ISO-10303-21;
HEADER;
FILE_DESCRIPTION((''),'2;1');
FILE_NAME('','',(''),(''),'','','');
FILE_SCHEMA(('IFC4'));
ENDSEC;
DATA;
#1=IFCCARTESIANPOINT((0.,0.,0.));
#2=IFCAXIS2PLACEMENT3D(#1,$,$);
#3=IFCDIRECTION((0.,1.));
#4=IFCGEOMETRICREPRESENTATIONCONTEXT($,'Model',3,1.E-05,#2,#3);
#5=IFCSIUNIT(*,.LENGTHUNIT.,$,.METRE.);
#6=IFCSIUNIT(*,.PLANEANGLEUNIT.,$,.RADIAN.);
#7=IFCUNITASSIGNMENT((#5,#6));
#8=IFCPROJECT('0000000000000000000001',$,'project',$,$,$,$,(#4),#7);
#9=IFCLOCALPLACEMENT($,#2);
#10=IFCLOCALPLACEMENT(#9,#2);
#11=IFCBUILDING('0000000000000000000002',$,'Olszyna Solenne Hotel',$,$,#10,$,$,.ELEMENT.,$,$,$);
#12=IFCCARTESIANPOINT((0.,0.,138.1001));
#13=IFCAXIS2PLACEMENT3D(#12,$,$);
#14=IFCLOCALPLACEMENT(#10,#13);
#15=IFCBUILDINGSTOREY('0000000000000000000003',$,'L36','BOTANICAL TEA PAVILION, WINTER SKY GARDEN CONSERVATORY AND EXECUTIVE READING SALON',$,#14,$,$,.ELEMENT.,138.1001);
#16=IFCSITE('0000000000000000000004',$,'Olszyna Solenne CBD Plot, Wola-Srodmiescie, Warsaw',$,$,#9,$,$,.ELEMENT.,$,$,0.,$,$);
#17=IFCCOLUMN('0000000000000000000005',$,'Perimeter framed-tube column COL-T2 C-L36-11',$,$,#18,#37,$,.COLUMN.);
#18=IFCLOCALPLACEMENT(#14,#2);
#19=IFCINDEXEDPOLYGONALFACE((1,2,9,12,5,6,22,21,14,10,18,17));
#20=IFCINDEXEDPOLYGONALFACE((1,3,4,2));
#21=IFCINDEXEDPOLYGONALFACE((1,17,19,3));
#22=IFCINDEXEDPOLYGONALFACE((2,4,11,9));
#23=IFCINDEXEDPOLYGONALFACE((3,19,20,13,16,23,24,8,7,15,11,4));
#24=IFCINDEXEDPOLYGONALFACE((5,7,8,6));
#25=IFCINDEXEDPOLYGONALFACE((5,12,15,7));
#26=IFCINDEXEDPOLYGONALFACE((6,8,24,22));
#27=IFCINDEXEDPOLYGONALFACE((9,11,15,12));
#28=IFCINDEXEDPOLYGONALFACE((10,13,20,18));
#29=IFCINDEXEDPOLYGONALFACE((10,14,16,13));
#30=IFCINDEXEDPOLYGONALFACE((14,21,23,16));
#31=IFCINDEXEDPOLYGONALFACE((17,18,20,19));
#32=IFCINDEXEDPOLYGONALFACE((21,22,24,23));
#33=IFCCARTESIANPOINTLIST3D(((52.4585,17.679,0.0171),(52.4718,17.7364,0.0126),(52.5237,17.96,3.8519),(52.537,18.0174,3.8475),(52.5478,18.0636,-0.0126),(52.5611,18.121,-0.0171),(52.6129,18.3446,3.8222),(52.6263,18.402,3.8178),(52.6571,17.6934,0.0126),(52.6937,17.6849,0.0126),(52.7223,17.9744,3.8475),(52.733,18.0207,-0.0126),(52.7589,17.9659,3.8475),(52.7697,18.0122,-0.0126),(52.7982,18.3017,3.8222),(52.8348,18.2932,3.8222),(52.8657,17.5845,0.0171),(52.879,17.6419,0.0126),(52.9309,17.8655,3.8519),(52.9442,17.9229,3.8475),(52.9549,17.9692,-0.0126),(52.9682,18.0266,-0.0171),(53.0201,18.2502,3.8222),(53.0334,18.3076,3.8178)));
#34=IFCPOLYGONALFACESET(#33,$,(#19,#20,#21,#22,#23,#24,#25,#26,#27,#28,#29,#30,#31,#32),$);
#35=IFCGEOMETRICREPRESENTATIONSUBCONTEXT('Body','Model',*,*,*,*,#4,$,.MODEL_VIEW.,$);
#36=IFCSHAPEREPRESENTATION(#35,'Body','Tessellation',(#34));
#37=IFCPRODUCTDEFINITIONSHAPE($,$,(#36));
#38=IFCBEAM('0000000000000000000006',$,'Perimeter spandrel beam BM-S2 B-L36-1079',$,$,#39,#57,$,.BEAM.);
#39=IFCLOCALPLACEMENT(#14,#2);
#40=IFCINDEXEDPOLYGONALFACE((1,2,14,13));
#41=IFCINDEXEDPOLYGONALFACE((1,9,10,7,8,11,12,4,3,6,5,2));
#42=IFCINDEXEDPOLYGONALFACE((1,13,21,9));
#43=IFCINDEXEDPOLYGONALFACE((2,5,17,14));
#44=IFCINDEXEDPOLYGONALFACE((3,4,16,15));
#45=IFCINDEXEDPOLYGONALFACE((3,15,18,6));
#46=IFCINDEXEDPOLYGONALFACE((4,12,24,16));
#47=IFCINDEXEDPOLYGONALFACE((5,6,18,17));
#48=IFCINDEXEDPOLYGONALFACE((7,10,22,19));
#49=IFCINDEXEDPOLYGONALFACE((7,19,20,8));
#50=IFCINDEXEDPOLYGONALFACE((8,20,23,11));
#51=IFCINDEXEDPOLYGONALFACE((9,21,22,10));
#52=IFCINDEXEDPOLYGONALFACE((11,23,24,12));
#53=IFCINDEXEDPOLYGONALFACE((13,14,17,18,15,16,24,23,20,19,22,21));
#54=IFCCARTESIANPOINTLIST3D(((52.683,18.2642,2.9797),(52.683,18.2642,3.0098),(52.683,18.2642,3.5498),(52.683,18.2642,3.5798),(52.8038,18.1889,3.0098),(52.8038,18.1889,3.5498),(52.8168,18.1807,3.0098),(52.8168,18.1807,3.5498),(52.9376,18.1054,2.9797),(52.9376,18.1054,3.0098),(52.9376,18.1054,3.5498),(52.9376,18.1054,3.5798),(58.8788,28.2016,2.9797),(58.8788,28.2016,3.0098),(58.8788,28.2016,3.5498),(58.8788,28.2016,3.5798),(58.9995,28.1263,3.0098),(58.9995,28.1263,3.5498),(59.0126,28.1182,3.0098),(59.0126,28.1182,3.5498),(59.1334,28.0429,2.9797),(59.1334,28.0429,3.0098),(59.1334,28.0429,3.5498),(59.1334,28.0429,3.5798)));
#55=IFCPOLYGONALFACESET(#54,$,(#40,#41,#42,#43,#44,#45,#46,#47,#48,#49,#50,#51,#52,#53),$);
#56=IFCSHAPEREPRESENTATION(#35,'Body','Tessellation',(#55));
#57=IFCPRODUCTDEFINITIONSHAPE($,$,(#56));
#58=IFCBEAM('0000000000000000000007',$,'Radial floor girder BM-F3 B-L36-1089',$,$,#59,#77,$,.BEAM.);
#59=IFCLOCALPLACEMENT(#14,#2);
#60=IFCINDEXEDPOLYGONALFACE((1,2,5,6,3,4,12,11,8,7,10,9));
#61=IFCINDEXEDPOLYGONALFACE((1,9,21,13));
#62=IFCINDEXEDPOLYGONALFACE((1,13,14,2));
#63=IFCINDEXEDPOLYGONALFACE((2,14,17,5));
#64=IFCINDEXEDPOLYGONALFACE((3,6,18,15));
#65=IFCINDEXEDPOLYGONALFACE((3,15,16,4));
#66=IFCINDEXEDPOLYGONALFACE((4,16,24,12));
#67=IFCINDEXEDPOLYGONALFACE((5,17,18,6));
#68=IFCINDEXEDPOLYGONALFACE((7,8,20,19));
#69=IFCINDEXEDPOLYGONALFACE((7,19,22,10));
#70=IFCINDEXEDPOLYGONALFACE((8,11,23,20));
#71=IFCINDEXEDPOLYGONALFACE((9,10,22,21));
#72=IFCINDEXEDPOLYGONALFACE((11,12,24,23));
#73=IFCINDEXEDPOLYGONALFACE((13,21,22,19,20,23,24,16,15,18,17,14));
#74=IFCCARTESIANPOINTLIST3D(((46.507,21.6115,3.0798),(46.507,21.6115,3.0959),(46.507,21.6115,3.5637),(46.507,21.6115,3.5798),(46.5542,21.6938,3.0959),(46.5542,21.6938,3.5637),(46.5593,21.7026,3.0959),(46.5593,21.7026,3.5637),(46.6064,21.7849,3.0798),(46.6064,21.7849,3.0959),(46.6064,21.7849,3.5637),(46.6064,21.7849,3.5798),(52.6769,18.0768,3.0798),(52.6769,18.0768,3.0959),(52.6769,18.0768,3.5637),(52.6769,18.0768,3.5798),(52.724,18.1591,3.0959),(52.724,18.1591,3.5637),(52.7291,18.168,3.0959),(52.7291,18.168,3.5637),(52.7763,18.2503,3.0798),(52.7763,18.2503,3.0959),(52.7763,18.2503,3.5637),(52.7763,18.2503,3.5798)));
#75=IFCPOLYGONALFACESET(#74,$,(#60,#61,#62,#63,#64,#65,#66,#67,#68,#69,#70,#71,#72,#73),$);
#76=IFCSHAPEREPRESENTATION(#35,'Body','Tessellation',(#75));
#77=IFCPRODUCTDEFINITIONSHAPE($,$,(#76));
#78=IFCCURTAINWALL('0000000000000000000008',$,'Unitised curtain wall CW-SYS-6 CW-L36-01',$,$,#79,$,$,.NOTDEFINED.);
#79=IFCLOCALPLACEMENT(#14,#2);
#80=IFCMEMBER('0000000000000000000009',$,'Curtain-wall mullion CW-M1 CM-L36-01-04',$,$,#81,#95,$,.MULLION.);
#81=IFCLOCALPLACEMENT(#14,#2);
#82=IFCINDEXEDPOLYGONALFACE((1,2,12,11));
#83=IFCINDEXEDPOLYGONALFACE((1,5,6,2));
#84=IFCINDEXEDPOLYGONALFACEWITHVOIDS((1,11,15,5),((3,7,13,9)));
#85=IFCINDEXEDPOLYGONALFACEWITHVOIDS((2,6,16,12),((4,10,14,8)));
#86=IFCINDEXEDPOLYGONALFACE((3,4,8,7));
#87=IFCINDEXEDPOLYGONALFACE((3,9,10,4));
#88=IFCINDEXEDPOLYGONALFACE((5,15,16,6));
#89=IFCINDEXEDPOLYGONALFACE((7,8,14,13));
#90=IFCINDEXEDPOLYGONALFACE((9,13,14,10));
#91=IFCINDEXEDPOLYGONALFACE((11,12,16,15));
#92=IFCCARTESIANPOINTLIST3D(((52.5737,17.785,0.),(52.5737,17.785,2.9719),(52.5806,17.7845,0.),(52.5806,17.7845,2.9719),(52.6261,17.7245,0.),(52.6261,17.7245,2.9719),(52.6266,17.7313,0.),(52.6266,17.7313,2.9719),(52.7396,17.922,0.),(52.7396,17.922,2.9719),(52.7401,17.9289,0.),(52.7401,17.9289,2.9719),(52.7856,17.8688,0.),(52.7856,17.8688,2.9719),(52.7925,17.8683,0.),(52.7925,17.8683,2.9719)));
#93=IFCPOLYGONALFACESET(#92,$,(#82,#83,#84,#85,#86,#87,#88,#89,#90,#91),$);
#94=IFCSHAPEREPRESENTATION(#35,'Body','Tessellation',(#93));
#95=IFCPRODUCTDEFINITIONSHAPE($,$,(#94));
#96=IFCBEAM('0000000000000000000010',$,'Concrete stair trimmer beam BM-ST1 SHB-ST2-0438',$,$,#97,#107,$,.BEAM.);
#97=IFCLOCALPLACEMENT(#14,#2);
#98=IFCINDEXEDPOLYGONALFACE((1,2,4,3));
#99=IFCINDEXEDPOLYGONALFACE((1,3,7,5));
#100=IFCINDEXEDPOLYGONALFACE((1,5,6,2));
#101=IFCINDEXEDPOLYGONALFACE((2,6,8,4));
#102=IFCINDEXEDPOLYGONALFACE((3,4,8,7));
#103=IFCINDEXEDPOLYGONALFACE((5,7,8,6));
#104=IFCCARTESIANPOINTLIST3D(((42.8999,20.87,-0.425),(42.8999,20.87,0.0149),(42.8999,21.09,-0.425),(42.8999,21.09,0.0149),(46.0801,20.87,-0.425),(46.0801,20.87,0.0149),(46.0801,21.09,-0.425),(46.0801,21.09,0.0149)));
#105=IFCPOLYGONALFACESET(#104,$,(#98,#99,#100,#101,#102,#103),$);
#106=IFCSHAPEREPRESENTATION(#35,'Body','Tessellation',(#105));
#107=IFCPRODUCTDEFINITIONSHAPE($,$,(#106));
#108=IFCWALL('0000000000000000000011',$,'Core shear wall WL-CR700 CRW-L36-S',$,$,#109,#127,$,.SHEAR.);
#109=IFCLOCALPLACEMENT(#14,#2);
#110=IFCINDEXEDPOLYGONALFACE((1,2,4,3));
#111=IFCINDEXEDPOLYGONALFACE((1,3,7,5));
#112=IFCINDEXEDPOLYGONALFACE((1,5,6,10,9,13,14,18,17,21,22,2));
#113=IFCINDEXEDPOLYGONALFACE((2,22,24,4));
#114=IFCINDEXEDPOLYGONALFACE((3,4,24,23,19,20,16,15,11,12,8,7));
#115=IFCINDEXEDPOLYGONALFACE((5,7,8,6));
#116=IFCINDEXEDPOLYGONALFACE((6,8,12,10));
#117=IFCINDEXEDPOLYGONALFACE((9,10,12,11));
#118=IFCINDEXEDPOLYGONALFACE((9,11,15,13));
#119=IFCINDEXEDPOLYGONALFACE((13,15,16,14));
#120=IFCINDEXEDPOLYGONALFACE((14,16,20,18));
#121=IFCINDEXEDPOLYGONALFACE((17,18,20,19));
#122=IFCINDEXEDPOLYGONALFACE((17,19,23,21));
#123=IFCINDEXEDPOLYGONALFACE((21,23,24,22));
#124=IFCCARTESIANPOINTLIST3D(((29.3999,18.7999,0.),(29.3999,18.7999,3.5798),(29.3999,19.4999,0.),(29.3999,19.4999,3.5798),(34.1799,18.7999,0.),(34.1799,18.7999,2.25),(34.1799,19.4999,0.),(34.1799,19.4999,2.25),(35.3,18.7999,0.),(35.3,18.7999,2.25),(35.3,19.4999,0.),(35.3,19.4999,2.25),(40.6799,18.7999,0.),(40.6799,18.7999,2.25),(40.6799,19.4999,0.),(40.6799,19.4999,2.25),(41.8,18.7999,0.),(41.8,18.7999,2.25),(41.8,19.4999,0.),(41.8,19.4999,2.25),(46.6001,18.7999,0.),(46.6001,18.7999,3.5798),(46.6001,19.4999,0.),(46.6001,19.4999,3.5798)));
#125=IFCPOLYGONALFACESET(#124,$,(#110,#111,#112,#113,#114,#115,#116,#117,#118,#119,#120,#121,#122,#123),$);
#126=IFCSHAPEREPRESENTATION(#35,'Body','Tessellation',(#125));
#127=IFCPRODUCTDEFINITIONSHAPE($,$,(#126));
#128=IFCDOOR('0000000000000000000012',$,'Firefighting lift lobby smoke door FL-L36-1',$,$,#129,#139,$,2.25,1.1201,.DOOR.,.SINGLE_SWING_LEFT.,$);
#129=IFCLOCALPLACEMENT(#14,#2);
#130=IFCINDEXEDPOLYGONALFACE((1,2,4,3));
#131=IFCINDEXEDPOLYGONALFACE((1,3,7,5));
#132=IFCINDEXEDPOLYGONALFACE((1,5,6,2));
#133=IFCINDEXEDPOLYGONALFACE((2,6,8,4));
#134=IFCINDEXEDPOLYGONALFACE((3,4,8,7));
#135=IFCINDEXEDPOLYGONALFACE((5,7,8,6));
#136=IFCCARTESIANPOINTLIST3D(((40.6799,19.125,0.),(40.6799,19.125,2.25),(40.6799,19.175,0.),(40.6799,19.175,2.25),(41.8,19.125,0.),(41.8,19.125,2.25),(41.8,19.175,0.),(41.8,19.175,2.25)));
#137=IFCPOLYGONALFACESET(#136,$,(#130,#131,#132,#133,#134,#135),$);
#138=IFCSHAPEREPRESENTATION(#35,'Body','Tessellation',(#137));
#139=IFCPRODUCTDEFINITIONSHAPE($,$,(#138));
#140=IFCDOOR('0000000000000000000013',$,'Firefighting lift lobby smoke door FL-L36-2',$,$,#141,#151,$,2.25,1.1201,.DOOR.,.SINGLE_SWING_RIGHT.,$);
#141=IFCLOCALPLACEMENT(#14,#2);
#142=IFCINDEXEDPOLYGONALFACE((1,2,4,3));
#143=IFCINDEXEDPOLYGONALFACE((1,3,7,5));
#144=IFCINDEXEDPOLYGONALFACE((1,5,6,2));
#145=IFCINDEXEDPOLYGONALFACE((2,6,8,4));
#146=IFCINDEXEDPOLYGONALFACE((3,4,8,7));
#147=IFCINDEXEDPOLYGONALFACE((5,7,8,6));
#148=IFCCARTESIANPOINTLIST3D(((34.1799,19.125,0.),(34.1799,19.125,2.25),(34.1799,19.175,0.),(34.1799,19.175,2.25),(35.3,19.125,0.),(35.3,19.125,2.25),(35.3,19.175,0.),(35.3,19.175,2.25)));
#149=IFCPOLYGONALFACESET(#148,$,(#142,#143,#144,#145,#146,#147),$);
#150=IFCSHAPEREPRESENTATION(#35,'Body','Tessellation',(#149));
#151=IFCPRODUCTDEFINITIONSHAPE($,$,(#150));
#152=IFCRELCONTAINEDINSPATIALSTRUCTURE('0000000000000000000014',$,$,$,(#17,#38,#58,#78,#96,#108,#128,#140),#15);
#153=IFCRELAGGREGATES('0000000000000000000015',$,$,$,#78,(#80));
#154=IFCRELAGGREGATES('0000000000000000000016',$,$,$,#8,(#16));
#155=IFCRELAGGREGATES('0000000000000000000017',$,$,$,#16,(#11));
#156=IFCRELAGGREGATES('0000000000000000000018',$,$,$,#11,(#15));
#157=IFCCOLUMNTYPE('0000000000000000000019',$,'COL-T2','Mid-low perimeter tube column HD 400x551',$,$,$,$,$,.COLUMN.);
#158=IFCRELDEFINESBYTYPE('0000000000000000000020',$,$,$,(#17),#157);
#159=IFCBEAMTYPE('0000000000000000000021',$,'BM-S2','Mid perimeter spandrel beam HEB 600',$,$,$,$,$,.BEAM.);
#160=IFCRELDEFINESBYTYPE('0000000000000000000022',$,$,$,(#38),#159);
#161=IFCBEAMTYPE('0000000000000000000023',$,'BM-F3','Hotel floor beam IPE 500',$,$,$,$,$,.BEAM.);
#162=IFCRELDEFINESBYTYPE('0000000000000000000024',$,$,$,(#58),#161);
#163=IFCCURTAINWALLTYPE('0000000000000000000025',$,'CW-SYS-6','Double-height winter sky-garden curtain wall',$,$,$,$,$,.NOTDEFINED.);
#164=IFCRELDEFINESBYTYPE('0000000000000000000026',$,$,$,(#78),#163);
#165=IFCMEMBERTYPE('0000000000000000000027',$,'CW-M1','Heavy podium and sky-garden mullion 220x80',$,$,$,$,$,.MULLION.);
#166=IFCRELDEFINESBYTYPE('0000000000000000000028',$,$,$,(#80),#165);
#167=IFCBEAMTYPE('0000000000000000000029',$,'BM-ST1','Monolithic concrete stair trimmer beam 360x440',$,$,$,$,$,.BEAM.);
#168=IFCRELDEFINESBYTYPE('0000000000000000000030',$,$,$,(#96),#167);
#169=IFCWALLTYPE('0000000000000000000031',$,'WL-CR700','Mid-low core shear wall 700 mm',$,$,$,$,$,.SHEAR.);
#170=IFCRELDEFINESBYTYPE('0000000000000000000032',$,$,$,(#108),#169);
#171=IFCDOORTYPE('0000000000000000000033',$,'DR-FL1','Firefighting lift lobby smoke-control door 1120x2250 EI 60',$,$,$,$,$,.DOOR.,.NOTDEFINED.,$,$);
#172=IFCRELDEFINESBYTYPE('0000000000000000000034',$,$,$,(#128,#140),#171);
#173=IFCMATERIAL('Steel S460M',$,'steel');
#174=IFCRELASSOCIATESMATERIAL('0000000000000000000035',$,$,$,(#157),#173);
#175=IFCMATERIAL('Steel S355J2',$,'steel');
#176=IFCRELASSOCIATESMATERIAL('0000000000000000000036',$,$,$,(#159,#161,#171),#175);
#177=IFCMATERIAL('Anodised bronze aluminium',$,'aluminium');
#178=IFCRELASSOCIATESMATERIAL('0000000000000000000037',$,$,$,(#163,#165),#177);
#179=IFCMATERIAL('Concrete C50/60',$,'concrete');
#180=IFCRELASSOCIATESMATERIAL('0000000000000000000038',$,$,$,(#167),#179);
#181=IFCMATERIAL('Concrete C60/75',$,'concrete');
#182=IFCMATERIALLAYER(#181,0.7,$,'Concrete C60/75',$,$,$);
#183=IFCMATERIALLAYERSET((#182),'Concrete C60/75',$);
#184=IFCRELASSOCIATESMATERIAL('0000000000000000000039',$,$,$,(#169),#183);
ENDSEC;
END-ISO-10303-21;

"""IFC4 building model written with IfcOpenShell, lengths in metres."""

from ifc_helpers import new_model, si_unit, direction, frame, frame_2d, origin, origin_2d, place, context, subcontext, project, spatial, rectangle, hollow_rectangle, i_section, extrude, source, transform, mapped, material, layer, layer_set, material_profile, profile_set, type_object, type_shapes, element, fill, aggregate, save


model = new_model("IFC4")

# Units and contexts
model_context = context("Model", 3, precision=1e-05, world=origin(), true_north=direction((0.0, 1.0)))
body_context = subcontext(model_context, "Body", "Model", "MODEL_VIEW")
ifc_project = project(units=[si_unit("LENGTHUNIT", "METRE"), si_unit("PLANEANGLEUNIT", "RADIAN")], contexts=[model_context])

# Site, building, storey
site_placement = place(None, origin())
site = spatial("IfcSite", under=ifc_project, at=site_placement, Name="Olszyna Solenne CBD Plot, Wola-Srodmiescie, Warsaw", CompositionType="ELEMENT", RefElevation=0.0)
building_placement = place(site_placement, origin())
building = spatial("IfcBuilding", under=site, at=building_placement, Name="Olszyna Solenne Hotel", CompositionType="ELEMENT")
storey_placement = place(building_placement, frame((0.0, 0.0, 138.1001)))
storey = spatial("IfcBuildingStorey", under=building, at=storey_placement, Name="L36", Description="BOTANICAL TEA PAVILION, WINTER SKY GARDEN CONSERVATORY AND EXECUTIVE READING SALON", CompositionType="ELEMENT", Elevation=138.1001)

# Column
ifc_material_1 = material(Name="Steel S460M", Category="steel")
ifc_material_profile_1 = material_profile(ifc_material_1, i_section(OverallWidth=0.418, OverallDepth=0.4551, WebThickness=0.0376, FlangeThickness=0.0591, at=origin_2d()), Name="HD 400x551", Category="load-bearing")
ifc_profile_set_1 = profile_set([ifc_material_profile_1], Name="Steel S460M")
column_type = type_object("IfcColumnType", Name="COL-T2", Description="Mid-low perimeter tube column HD 400x551", PredefinedType="COLUMN", material=ifc_profile_set_1)
shared_shape_1 = source(origin(), body_context, "Body", "SweptSolid", [
    extrude(i_section(OverallWidth=0.418, OverallDepth=0.4551, WebThickness=0.0376, FlangeThickness=0.0591, at=origin_2d()), origin(), (0.0, 0.0, 1.0), 3.8457),
])
column_placement = place(storey_placement, frame((52.7134, 17.8528, 0.0), z_axis=(0.01695, 0.073068, 0.997183), x_axis=(-0.974134, 0.225972, 0.0)))
element("IfcColumn", 1, at=column_placement, inside=storey, type_object=column_type, Name="Perimeter framed-tube column COL-T2 C-L36-11", PredefinedType="COLUMN", context=body_context, shape_type="MappedRepresentation", body=[
    mapped(shared_shape_1, transform((0.0, 0.0, 0.0), x_axis=(1.0, 0.0, 0.0), y_axis=(0.0, 1.0, 0.0), z_axis=(0.0, 0.0, 1.0), scale=1.0)),
])

# Beams
ifc_material_2 = material(Name="Steel S355J2", Category="steel")
ifc_material_profile_2 = material_profile(ifc_material_2, i_section(OverallWidth=0.3, OverallDepth=0.6001, WebThickness=0.0154, FlangeThickness=0.03, at=origin_2d()), Name="HEB 600", Category="load-bearing")
ifc_profile_set_2 = profile_set([ifc_material_profile_2], Name="Steel S355J2")
beam_type_1 = type_object("IfcBeamType", Name="BM-S2", Description="Mid perimeter spandrel beam HEB 600", PredefinedType="BEAM", material=ifc_profile_set_2)
shared_shape_2 = source(origin(), body_context, "Body", "SweptSolid", [
    extrude(i_section(OverallWidth=0.3, OverallDepth=0.6001, WebThickness=0.0154, FlangeThickness=0.03, at=origin_2d()), origin(), (0.0, 0.0, 1.0), 11.7107),
])
beam_1_placement = place(storey_placement, frame((52.8103, 18.1848, 3.2798), z_axis=(0.529069, 0.848579, 0.0), x_axis=(-0.848579, 0.529069, 0.0)))
element("IfcBeam", 2, at=beam_1_placement, inside=storey, type_object=beam_type_1, Name="Perimeter spandrel beam BM-S2 B-L36-1079", PredefinedType="BEAM", context=body_context, shape_type="MappedRepresentation", body=[
    mapped(shared_shape_2, transform((0.0, 0.0, 0.0), x_axis=(1.0, 0.0, 0.0), y_axis=(0.0, 1.0, 0.0), z_axis=(0.0, 0.0, 1.0), scale=1.0)),
])
ifc_material_profile_3 = material_profile(ifc_material_2, i_section(OverallWidth=0.2, OverallDepth=0.5, WebThickness=0.0103, FlangeThickness=0.0161, at=origin_2d()), Name="IPE 500", Category="load-bearing")
ifc_profile_set_3 = profile_set([ifc_material_profile_3], Name="Steel S355J2")
beam_type_2 = type_object("IfcBeamType", Name="BM-F3", Description="Hotel floor beam IPE 500", PredefinedType="BEAM", material=ifc_profile_set_3)
shared_shape_3 = source(origin(), body_context, "Body", "SweptSolid", [
    extrude(i_section(OverallWidth=0.2, OverallDepth=0.5, WebThickness=0.0103, FlangeThickness=0.0161, at=origin_2d()), origin(), (0.0, 0.0, 1.0), 7.1106),
])
beam_2_placement = place(storey_placement, frame((52.7266, 18.1636, 3.3298), z_axis=(-0.867697, 0.497093, 0.0), x_axis=(-0.497093, -0.867697, 0.0)))
element("IfcBeam", 3, at=beam_2_placement, inside=storey, type_object=beam_type_2, Name="Radial floor girder BM-F3 B-L36-1089", PredefinedType="BEAM", context=body_context, shape_type="MappedRepresentation", body=[
    mapped(shared_shape_3, transform((0.0, 0.0, 0.0), x_axis=(1.0, 0.0, 0.0), y_axis=(0.0, 1.0, 0.0), z_axis=(0.0, 0.0, 1.0), scale=1.0)),
])

# Curtain wall, member
ifc_material_3 = material(Name="Anodised bronze aluminium", Category="aluminium")
curtain_wall_type = type_object("IfcCurtainWallType", Name="CW-SYS-6", Description="Double-height winter sky-garden curtain wall", PredefinedType="NOTDEFINED", material=ifc_material_3)
curtain_wall_placement = place(storey_placement, origin())
curtain_wall = element("IfcCurtainWall", 4, at=curtain_wall_placement, inside=storey, type_object=curtain_wall_type, Name="Unitised curtain wall CW-SYS-6 CW-L36-01", PredefinedType="NOTDEFINED")
ifc_material_profile_4 = material_profile(ifc_material_3, hollow_rectangle(XDim=0.0801, YDim=0.22, WallThickness=0.0049, at=origin_2d()), Name="MULL 220x80x5", Category="load-bearing")
ifc_profile_set_4 = profile_set([ifc_material_profile_4], Name="Anodised bronze aluminium")
member_type = type_object("IfcMemberType", Name="CW-M1", Description="Heavy podium and sky-garden mullion 220x80", PredefinedType="MULLION", material=ifc_profile_set_4)
shared_shape_4 = source(origin(), body_context, "Body", "SweptSolid", [
    extrude(hollow_rectangle(XDim=0.0801, YDim=0.22, WallThickness=0.0049, at=origin_2d()), origin(), (0.0, 0.0, 1.0), 2.9719),
])
member_placement = place(storey_placement, frame((52.6831, 17.8267, 0.0), z_axis=(0.0, 0.0, 1.0), x_axis=(-0.653805, 0.756663, 0.0)))
member = element("IfcMember", 5, at=member_placement, type_object=member_type, Name="Curtain-wall mullion CW-M1 CM-L36-01-04", PredefinedType="MULLION", context=body_context, shape_type="MappedRepresentation", body=[
    mapped(shared_shape_4, transform((0.0, 0.0, 0.0), x_axis=(1.0, 0.0, 0.0), y_axis=(0.0, 1.0, 0.0), z_axis=(0.0, 0.0, 1.0), scale=1.0)),
])
aggregate(curtain_wall, [member])

# Beam
ifc_material_4 = material(Name="Concrete C50/60", Category="concrete")
ifc_material_profile_5 = material_profile(ifc_material_4, rectangle(XDim=0.22, YDim=0.4399, at=origin_2d()), Name="RC 220x440", Category="load-bearing")
ifc_profile_set_5 = profile_set([ifc_material_profile_5], Name="Concrete C50/60")
beam_type_3 = type_object("IfcBeamType", Name="BM-ST1", Description="Monolithic concrete stair trimmer beam 360x440", PredefinedType="BEAM", material=ifc_profile_set_5)
shared_shape_5 = source(origin(), body_context, "Body", "SweptSolid", [
    extrude(rectangle(XDim=0.22, YDim=0.4399, at=origin_2d()), origin(), (0.0, 0.0, 1.0), 3.1802),
])
beam_3_placement = place(storey_placement, frame((46.0801, 20.98, -0.2051), z_axis=(-1.0, 0.0, 0.0), x_axis=(0.0, -1.0, 0.0)))
element("IfcBeam", 6, at=beam_3_placement, inside=storey, type_object=beam_type_3, Name="Concrete stair trimmer beam BM-ST1 SHB-ST2-0438", PredefinedType="BEAM", context=body_context, shape_type="MappedRepresentation", body=[
    mapped(shared_shape_5, transform((0.0, 0.0, 0.0), x_axis=(1.0, 0.0, 0.0), y_axis=(0.0, 1.0, 0.0), z_axis=(0.0, 0.0, 1.0), scale=1.0)),
])

# Wall, openings, doors
ifc_material_5 = material(Name="Concrete C60/75", Category="concrete")
ifc_layer_1 = layer(ifc_material_5, 0.7, Name="Concrete C60/75")
ifc_layer_set_1 = layer_set([ifc_layer_1], Name="Concrete C60/75")
wall_type_1 = type_object("IfcWallType", Name="WL-CR700", Description="Mid-low core shear wall 700 mm", PredefinedType="SHEAR", material=ifc_layer_set_1)
wall_1_placement = place(storey_placement, frame((46.6001, 19.1499, 0.0), z_axis=(0.0, 0.0, 1.0), x_axis=(-1.0, 0.0, 0.0)))
wall_1 = element("IfcWall", 7, at=wall_1_placement, inside=storey, type_object=wall_type_1, Name="Core shear wall WL-CR700 CRW-L36-S", PredefinedType="SHEAR", context=body_context, shape_type="SweptSolid", body=[
    extrude(rectangle(XDim=17.2002, YDim=0.7, at=frame_2d((8.6001, 0.0))), origin(), (0.0, 0.0, 1.0), 3.5798),
])
opening_1_placement = place(wall_1_placement, frame((4.8, 0.0, 0.0)))
opening_1 = element("IfcOpeningElement", 8, at=opening_1_placement, cuts=wall_1, PredefinedType="OPENING", context=body_context, shape_type="SweptSolid", body=[
    extrude(rectangle(XDim=1.1201, YDim=2.25, at=frame_2d((0.5601, 1.125))), frame((0.0, 0.3599, 0.0), z_axis=(0.0, -1.0, 0.0), x_axis=(1.0, 0.0, 0.0)), (0.0, 0.0, 1.0), 0.72),
])
opening_2_placement = place(wall_1_placement, frame((11.3, 0.0, 0.0)))
opening_2 = element("IfcOpeningElement", 9, at=opening_2_placement, cuts=wall_1, PredefinedType="OPENING", context=body_context, shape_type="SweptSolid", body=[
    extrude(rectangle(XDim=1.1201, YDim=2.25, at=frame_2d((0.5601, 1.125))), frame((0.0, 0.3599, 0.0), z_axis=(0.0, -1.0, 0.0), x_axis=(1.0, 0.0, 0.0)), (0.0, 0.0, 1.0), 0.72),
])
door_type_1 = type_object("IfcDoorType", Name="DR-FL1", Description="Firefighting lift lobby smoke-control door 1120x2250 EI 60", OperationType="NOTDEFINED", PredefinedType="DOOR", material=ifc_material_2)
shared_shape_6 = source(origin(), body_context, "Body", "SweptSolid", [
    extrude(rectangle(XDim=1.1201, YDim=2.25, at=frame_2d((0.5601, 1.125))), frame((0.0, 0.0249, 0.0), z_axis=(0.0, -1.0, 0.0), x_axis=(1.0, 0.0, 0.0)), (0.0, 0.0, 1.0), 0.05),
])
type_shapes(door_type_1, [shared_shape_6])
door_1_placement = place(opening_1_placement, origin())
door_1 = element("IfcDoor", 10, at=door_1_placement, inside=storey, type_object=door_type_1, Name="Firefighting lift lobby smoke door FL-L36-1", OperationType="SINGLE_SWING_LEFT", OverallHeight=2.25, OverallWidth=1.1201, PredefinedType="DOOR", context=body_context, shape_type="MappedRepresentation", body=[
    mapped(shared_shape_6, transform((0.0, 0.0, 0.0), x_axis=(1.0, 0.0, 0.0), y_axis=(0.0, 1.0, 0.0), z_axis=(0.0, 0.0, 1.0), scale=1.0)),
])
fill(opening_1, door_1)
door_2_placement = place(opening_2_placement, origin())
door_2 = element("IfcDoor", 11, at=door_2_placement, inside=storey, type_object=door_type_1, Name="Firefighting lift lobby smoke door FL-L36-2", OperationType="SINGLE_SWING_RIGHT", OverallHeight=2.25, OverallWidth=1.1201, PredefinedType="DOOR", context=body_context, shape_type="MappedRepresentation", body=[
    mapped(shared_shape_6, transform((0.0, 0.0, 0.0), x_axis=(1.0, 0.0, 0.0), y_axis=(0.0, 1.0, 0.0), z_axis=(0.0, 0.0, 1.0), scale=1.0)),
])
fill(opening_2, door_2)

save(model, "model.ifc")
